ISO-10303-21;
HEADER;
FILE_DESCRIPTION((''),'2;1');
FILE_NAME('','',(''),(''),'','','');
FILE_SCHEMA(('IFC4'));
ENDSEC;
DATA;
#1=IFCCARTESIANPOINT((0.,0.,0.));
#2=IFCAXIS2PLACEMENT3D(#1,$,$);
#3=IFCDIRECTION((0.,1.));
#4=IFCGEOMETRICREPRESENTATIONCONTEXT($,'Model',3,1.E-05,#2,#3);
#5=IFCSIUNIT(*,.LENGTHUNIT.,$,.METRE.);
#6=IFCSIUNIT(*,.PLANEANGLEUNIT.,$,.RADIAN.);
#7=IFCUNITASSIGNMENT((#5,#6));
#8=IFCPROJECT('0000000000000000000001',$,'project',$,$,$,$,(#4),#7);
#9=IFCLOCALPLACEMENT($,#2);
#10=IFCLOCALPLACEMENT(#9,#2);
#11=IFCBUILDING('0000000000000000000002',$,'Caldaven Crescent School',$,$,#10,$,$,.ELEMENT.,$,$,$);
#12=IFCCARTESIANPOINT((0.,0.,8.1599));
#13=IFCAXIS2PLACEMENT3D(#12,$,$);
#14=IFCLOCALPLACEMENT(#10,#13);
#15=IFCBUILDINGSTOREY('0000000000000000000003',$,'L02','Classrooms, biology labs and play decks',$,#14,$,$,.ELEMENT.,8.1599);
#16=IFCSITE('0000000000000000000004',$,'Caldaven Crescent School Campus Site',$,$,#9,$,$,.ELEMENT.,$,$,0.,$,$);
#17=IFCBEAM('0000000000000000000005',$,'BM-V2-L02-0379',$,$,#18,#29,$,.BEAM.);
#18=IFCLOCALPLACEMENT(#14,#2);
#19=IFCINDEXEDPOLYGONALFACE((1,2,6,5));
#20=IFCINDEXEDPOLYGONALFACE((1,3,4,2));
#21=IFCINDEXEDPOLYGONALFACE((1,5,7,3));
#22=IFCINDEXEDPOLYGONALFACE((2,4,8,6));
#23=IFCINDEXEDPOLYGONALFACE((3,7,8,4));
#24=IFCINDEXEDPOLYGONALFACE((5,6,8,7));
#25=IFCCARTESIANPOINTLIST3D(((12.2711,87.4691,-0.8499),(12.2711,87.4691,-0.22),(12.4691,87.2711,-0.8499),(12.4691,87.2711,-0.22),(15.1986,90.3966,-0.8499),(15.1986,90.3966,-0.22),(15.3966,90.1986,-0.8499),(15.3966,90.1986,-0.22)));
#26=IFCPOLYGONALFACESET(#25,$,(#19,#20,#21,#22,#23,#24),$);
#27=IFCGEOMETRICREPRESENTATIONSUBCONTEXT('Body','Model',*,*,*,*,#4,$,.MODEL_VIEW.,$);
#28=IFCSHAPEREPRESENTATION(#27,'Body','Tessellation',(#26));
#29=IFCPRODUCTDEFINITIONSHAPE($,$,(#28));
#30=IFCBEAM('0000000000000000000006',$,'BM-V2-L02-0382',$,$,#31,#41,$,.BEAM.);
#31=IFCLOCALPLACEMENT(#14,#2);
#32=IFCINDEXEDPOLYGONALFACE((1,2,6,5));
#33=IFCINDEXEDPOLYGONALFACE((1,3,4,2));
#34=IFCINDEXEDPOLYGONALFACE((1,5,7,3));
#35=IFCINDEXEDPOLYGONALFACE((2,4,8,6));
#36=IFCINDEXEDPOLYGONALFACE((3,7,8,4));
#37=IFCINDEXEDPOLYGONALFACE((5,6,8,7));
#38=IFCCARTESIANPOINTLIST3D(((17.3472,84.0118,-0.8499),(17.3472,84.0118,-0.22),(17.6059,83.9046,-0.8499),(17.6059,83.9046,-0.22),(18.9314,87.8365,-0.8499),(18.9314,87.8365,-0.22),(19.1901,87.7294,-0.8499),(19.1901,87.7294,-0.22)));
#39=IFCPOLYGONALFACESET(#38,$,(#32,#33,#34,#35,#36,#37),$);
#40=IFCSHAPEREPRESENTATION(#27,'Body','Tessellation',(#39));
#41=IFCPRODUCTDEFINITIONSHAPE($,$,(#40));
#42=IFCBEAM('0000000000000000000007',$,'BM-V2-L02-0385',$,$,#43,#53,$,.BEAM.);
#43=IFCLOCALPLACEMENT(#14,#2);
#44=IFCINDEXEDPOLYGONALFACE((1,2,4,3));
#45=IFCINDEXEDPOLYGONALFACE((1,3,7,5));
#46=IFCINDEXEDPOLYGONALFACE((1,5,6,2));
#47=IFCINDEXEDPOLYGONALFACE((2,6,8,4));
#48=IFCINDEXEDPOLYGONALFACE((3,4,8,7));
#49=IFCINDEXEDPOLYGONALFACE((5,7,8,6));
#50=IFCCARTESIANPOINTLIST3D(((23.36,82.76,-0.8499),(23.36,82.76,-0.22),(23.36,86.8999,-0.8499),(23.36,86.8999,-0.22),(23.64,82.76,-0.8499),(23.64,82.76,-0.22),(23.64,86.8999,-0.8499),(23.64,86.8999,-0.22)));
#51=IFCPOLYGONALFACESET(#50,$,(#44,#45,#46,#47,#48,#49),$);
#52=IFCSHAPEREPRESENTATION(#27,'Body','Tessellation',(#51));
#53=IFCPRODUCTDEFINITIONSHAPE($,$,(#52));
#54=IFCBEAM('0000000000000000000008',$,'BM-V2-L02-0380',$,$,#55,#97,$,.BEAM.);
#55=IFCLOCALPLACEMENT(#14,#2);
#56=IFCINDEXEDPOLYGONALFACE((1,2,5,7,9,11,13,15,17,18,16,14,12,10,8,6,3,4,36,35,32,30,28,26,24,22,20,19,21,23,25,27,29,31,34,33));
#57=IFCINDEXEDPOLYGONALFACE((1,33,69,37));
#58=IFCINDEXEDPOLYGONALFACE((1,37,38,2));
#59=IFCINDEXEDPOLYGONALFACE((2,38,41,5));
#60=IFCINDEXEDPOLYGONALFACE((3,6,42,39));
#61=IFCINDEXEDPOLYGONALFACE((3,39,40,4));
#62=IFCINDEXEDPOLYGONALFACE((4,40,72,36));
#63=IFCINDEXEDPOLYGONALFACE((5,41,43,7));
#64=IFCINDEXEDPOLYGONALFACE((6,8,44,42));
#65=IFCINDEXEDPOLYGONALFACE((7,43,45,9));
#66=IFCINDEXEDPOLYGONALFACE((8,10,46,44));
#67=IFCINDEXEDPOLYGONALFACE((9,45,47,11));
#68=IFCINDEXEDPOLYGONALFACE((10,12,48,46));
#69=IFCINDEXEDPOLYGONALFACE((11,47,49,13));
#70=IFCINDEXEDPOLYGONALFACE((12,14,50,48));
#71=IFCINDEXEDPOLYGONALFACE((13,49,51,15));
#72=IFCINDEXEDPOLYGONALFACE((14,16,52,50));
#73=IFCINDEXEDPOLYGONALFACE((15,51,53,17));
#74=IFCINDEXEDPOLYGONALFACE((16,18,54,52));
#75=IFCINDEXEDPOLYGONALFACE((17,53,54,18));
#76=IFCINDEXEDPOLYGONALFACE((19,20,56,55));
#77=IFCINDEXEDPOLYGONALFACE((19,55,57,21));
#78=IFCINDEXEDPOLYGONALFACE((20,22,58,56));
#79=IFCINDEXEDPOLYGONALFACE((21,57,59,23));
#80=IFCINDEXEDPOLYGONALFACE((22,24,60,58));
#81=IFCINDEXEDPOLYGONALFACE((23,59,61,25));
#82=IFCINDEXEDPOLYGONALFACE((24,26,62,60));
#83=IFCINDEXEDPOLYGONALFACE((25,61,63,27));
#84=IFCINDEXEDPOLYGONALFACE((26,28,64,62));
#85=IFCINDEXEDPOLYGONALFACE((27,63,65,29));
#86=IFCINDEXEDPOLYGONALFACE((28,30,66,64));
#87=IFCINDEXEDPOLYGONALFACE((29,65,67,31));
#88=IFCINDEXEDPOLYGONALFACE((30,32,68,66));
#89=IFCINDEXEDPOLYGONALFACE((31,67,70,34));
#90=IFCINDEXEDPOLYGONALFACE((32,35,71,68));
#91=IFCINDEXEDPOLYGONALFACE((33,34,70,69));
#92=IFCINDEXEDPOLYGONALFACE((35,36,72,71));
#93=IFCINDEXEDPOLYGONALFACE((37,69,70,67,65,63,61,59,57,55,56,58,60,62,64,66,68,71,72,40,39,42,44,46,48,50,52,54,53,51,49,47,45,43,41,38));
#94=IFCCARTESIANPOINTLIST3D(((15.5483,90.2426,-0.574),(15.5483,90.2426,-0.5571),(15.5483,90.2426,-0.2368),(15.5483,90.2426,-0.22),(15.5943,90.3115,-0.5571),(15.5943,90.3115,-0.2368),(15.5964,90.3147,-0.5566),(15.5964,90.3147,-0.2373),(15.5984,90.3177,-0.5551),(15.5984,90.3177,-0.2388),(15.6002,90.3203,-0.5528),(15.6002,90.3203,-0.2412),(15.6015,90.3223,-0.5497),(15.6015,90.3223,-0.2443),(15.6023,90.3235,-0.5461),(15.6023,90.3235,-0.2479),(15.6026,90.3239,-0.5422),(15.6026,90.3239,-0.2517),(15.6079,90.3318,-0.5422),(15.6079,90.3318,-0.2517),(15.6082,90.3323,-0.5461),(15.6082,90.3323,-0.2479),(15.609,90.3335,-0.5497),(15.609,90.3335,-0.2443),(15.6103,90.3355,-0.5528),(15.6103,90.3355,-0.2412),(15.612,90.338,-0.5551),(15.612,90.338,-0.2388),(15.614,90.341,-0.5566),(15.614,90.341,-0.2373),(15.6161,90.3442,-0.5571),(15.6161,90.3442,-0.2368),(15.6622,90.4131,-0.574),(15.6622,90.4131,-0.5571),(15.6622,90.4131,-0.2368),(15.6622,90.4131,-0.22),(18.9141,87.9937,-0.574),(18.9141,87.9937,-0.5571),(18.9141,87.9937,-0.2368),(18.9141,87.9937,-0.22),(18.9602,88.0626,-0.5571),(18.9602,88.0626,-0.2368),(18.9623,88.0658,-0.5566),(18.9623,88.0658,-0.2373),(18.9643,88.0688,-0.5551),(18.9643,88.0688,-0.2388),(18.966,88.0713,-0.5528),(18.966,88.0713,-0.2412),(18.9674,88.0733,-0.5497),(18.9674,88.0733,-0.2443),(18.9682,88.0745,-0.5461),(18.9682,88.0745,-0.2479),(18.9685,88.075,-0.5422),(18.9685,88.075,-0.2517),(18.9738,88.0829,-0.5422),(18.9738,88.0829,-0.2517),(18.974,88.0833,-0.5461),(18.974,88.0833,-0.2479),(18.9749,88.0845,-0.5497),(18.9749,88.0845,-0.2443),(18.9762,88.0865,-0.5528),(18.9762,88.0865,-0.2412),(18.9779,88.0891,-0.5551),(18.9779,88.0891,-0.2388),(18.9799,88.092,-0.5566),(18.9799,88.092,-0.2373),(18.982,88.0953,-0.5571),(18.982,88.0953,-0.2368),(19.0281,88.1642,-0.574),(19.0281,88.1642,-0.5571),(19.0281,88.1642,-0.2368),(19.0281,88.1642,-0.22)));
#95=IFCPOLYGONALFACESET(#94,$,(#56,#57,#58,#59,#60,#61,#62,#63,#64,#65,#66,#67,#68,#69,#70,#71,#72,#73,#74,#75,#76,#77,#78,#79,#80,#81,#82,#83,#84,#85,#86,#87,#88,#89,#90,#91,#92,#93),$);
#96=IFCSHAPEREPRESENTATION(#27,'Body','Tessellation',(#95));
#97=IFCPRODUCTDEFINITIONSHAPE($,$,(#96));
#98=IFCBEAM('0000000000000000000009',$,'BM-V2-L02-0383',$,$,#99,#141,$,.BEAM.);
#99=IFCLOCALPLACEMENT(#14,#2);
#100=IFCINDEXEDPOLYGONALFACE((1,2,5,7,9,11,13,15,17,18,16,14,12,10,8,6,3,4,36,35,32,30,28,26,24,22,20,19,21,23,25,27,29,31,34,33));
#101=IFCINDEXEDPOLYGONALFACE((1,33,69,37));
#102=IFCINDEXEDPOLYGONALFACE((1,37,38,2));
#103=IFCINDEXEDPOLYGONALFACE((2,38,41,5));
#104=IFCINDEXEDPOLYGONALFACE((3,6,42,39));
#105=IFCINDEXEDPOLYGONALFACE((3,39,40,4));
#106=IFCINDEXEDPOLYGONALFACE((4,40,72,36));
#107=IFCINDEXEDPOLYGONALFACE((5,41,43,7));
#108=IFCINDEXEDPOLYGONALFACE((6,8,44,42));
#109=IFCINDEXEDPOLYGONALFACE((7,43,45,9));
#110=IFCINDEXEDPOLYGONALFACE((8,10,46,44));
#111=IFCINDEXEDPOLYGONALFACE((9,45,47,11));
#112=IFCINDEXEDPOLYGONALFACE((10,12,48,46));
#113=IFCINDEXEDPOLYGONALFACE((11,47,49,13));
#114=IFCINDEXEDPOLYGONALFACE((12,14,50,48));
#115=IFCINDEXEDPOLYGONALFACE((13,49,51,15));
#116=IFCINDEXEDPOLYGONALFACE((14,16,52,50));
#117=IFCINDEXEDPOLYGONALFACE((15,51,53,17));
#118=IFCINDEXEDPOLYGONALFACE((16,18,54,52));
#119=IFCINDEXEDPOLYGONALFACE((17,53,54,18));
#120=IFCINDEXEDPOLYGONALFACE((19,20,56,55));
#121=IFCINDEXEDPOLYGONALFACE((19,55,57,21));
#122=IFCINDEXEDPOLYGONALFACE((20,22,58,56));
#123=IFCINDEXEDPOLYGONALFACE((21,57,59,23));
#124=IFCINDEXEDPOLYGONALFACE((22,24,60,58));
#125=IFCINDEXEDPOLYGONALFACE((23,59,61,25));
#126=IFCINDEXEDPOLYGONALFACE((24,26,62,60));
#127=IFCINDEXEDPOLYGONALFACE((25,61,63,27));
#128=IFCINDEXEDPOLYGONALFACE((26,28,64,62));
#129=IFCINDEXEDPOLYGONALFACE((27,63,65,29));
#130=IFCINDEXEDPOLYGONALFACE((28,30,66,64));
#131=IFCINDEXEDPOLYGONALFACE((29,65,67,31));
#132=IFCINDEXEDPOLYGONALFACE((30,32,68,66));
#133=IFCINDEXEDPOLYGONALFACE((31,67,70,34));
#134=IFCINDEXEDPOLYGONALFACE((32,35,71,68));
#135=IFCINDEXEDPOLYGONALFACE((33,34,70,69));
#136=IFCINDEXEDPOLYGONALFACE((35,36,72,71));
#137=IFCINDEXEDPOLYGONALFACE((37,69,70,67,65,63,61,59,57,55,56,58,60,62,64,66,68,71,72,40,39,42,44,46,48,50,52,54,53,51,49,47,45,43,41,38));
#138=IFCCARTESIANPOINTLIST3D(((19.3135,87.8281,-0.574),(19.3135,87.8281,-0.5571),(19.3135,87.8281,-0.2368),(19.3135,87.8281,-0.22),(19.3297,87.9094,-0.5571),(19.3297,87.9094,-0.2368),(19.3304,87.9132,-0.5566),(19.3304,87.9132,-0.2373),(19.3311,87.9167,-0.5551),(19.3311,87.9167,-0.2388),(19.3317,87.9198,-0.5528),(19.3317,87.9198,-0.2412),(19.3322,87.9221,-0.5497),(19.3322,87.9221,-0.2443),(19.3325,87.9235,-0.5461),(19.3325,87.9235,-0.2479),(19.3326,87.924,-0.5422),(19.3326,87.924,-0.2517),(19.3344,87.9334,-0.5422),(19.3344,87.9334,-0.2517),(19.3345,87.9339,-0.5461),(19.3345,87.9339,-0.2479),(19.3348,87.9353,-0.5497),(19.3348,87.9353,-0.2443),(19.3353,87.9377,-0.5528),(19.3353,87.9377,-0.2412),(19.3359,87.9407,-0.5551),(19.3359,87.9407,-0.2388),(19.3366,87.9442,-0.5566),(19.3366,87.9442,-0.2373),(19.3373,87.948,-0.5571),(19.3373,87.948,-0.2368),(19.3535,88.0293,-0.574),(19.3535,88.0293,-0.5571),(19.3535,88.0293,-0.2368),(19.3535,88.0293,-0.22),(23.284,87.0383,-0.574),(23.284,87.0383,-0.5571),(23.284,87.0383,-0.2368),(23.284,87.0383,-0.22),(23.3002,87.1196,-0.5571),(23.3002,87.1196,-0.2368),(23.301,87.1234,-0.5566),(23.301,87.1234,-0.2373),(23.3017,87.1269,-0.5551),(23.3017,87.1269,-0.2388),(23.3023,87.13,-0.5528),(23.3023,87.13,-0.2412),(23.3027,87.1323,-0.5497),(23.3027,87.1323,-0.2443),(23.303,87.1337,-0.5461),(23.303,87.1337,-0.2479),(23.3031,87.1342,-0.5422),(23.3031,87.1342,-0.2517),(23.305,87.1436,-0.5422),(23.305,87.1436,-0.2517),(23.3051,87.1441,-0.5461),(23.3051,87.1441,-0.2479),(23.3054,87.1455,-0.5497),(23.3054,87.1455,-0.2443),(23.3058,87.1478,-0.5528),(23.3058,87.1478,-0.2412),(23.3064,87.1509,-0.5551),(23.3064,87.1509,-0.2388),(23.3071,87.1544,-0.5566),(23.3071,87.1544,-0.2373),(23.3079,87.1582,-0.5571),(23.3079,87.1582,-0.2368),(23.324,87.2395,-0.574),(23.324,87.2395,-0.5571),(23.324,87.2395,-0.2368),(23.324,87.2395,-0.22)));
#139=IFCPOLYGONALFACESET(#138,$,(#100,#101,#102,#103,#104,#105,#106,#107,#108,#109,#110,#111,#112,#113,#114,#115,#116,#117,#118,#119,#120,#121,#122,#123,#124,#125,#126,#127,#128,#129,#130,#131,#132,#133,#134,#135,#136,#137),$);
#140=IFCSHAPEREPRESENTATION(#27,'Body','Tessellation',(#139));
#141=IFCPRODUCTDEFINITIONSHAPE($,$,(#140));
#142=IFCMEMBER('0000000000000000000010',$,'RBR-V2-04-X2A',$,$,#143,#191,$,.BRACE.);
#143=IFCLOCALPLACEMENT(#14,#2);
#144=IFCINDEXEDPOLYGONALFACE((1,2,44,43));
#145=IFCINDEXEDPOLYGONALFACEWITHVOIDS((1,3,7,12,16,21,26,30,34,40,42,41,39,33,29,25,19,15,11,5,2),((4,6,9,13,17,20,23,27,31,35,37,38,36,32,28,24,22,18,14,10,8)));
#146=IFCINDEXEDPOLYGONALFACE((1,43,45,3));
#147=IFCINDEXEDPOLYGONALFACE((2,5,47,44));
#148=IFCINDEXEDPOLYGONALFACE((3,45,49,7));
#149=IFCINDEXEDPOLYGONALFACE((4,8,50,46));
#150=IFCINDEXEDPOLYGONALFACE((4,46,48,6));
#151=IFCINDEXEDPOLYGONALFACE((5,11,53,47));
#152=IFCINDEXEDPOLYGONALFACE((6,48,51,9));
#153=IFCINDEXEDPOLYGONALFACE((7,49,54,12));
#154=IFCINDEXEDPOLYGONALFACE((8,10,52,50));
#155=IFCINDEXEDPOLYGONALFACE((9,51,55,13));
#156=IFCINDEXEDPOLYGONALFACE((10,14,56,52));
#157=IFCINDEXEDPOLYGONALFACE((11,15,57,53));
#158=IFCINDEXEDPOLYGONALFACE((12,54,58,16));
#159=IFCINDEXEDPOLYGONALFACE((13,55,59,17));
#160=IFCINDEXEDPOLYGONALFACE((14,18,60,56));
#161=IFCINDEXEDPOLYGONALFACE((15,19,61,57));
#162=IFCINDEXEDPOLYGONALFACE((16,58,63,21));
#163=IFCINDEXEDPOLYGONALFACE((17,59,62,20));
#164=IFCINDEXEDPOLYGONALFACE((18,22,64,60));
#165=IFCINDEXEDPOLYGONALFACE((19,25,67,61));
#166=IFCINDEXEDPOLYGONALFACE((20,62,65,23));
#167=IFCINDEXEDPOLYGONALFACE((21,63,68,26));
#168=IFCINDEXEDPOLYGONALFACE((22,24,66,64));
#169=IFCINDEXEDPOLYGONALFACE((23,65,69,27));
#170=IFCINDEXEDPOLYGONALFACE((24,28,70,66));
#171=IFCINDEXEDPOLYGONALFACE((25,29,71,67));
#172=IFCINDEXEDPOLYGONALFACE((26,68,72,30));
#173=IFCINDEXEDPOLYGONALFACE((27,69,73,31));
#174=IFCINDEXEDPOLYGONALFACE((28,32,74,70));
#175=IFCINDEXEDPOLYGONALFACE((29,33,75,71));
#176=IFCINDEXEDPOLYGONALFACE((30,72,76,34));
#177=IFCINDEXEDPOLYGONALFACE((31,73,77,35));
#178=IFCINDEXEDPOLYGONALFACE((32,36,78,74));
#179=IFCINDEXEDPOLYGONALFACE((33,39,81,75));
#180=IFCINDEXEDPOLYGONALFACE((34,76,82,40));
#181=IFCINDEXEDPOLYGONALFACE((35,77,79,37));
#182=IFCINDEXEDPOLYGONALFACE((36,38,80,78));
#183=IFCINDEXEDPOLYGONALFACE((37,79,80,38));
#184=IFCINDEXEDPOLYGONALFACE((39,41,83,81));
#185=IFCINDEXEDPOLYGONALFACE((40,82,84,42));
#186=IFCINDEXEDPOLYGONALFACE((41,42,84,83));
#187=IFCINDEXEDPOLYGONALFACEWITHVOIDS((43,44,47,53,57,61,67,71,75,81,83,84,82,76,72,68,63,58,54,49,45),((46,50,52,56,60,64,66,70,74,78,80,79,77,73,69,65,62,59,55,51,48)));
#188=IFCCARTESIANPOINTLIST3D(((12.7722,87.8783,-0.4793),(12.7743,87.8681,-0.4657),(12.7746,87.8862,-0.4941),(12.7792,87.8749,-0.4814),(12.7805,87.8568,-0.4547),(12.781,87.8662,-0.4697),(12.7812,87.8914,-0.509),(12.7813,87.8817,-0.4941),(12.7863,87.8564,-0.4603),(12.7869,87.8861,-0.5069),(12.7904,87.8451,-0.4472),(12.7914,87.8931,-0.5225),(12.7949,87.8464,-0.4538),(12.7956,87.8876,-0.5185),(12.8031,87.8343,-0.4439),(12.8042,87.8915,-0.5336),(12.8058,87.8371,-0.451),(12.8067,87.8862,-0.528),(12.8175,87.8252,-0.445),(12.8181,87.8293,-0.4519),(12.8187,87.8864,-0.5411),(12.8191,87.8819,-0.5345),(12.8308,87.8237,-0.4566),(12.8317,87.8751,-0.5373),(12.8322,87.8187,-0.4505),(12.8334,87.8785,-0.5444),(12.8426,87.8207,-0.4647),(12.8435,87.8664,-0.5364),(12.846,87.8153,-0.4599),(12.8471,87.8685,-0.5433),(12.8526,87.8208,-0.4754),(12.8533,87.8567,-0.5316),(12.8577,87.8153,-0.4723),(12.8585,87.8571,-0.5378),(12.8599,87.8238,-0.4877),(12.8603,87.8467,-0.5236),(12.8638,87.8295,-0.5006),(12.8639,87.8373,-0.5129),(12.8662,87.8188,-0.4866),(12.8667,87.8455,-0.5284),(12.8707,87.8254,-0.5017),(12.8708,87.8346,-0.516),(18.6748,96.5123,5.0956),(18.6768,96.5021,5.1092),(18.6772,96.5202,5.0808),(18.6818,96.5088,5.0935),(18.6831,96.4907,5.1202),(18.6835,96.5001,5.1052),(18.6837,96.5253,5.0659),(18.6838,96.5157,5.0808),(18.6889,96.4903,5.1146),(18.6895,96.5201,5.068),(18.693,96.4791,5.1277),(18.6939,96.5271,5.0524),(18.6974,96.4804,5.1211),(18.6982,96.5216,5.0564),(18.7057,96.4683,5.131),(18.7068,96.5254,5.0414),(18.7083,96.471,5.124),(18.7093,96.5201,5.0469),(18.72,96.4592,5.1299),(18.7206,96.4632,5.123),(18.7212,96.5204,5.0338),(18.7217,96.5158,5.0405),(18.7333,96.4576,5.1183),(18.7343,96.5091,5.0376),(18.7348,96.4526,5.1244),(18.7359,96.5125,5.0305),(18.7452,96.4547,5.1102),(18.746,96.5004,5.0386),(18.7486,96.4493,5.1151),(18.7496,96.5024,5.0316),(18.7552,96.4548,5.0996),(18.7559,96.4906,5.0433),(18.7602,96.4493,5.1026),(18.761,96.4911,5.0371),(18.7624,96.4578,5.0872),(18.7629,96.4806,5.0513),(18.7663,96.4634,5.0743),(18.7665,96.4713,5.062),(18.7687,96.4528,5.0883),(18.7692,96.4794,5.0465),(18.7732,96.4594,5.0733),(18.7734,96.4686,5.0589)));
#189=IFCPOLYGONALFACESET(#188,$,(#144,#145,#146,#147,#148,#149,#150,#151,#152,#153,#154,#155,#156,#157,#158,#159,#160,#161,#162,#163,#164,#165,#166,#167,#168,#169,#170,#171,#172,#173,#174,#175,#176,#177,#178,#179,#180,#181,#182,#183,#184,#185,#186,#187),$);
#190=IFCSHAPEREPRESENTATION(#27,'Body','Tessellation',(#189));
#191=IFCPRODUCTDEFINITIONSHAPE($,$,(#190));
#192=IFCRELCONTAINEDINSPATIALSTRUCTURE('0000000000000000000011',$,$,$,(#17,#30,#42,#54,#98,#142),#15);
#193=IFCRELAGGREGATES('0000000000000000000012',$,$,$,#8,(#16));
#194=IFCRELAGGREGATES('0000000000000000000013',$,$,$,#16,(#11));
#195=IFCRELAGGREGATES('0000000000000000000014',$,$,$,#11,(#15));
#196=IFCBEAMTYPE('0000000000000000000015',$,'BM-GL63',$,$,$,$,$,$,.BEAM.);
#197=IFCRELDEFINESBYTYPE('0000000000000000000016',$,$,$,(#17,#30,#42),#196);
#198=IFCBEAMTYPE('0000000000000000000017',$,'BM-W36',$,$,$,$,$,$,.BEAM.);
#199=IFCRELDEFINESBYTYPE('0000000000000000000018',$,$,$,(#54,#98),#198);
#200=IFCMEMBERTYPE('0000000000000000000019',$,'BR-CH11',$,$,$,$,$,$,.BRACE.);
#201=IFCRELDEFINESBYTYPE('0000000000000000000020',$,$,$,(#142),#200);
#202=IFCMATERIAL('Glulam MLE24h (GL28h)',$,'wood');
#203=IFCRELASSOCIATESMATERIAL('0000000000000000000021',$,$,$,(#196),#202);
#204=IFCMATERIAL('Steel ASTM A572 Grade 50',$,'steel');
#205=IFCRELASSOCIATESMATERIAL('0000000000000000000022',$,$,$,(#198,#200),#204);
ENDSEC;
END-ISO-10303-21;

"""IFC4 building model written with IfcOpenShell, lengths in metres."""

from ifc_helpers import new_model, si_unit, direction, frame, origin, origin_2d, place, context, subcontext, project, spatial, rectangle, hollow_circle, i_section, extrude, material, material_profile, profile_set, type_object, element, save


model = new_model("IFC4")

# Units and contexts
model_context = context("Model", 3, precision=1e-05, world=origin(), true_north=direction((0.0, 1.0)))
body_context = subcontext(model_context, "Body", "Model", "MODEL_VIEW")
ifc_project = project(units=[si_unit("LENGTHUNIT", "METRE"), si_unit("PLANEANGLEUNIT", "RADIAN")], contexts=[model_context])

# Site, building, storey
site_placement = place(None, origin())
site = spatial("IfcSite", under=ifc_project, at=site_placement, Name="Caldaven Crescent School Campus Site", CompositionType="ELEMENT", RefElevation=0.0)
building_placement = place(site_placement, origin())
building = spatial("IfcBuilding", under=site, at=building_placement, Name="Caldaven Crescent School", CompositionType="ELEMENT")
storey_placement = place(building_placement, frame((0.0, 0.0, 8.1599)))
storey = spatial("IfcBuildingStorey", under=building, at=storey_placement, Name="L02", Description="Classrooms, biology labs and play decks", CompositionType="ELEMENT", Elevation=8.1599)

# Beams
ifc_material_1 = material(Name="Glulam MLE24h (GL28h)", Category="wood")
ifc_material_profile_1 = material_profile(ifc_material_1, rectangle(XDim=0.28, YDim=0.6299, at=origin_2d()), Name="MLE 280x630")
ifc_profile_set_1 = profile_set([ifc_material_profile_1], Name="Glulam MLE24h (GL28h)")
beam_type_1 = type_object("IfcBeamType", Name="BM-GL63", PredefinedType="BEAM", material=ifc_profile_set_1)
beam_1_placement = place(storey_placement, frame((15.2976, 90.2976, -0.5349), z_axis=(-0.707107, -0.707107, 0.0), x_axis=(0.707107, -0.707107, 0.0)))
element("IfcBeam", 1, at=beam_1_placement, inside=storey, type_object=beam_type_1, Name="BM-V2-L02-0379", PredefinedType="BEAM", context=body_context, shape_type="SweptSolid", body=[
    extrude(rectangle(XDim=0.28, YDim=0.6299, at=origin_2d()), origin(), (0.0, 0.0, 1.0), 4.1401),
])
for number, where, z_axis, x_axis, name in (
    (2, (19.0608, 87.783, -0.5349), (-0.38268, -0.923881, 0.0), (0.923881, -0.38268, 0.0), "BM-V2-L02-0382"),
    (3, (23.5, 86.8999, -0.5349), (0.0, -1.0, 0.0), (1.0, 0.0, 0.0), "BM-V2-L02-0385"),
):
    element("IfcBeam", number, at=place(storey_placement, frame(where, z_axis=z_axis, x_axis=x_axis)), inside=storey, type_object=beam_type_1, Name=name, PredefinedType="BEAM", context=body_context, shape_type="SweptSolid", body=[
        extrude(rectangle(XDim=0.28, YDim=0.6299, at=origin_2d()), origin(), (0.0, 0.0, 1.0), 4.1399),
    ])
ifc_material_2 = material(Name="Steel ASTM A572 Grade 50", Category="steel")
ifc_material_profile_2 = material_profile(ifc_material_2, i_section(OverallWidth=0.2051, OverallDepth=0.354, WebThickness=0.0095, FlangeThickness=0.0168, FilletRadius=0.0149, at=origin_2d()), Name="W360x79")
ifc_profile_set_2 = profile_set([ifc_material_profile_2], Name="Steel ASTM A572 Grade 50")
beam_type_2 = type_object("IfcBeamType", Name="BM-W36", PredefinedType="BEAM", material=ifc_profile_set_2)
beam_2_placement = place(storey_placement, frame((15.6052, 90.3279, -0.397), z_axis=(0.831475, -0.555563, 0.0), x_axis=(0.555563, 0.831475, 0.0)))
element("IfcBeam", 4, at=beam_2_placement, inside=storey, type_object=beam_type_2, Name="BM-V2-L02-0380", PredefinedType="BEAM", context=body_context, shape_type="SweptSolid", body=[
    extrude(i_section(OverallWidth=0.2051, OverallDepth=0.354, WebThickness=0.0095, FlangeThickness=0.0168, FilletRadius=0.0149, at=origin_2d()), origin(), (0.0, 0.0, 1.0), 4.0481),
])
beam_3_placement = place(storey_placement, frame((19.3335, 87.9287, -0.397), z_axis=(0.980784, -0.195095, 0.0), x_axis=(0.195095, 0.980784, 0.0)))
element("IfcBeam", 5, at=beam_3_placement, inside=storey, type_object=beam_type_2, Name="BM-V2-L02-0383", PredefinedType="BEAM", context=body_context, shape_type="SweptSolid", body=[
    extrude(i_section(OverallWidth=0.2051, OverallDepth=0.354, WebThickness=0.0095, FlangeThickness=0.0168, FilletRadius=0.0149, at=origin_2d()), origin(), (0.0, 0.0, 1.0), 4.0483),
])

# Member
ifc_material_profile_3 = material_profile(ifc_material_2, hollow_circle(Radius=0.0571, WallThickness=0.0081, at=origin_2d()), Name="CHS 114.3x8.0")
ifc_profile_set_3 = profile_set([ifc_material_profile_3], Name="Steel ASTM A572 Grade 50")
member_type_1 = type_object("IfcMemberType", Name="BR-CH11", PredefinedType="BRACE", material=ifc_profile_set_3)
member_1_placement = place(storey_placement, frame((12.8218, 87.854, -0.4941), z_axis=(0.49803, 0.728495, 0.470385), x_axis=(-0.825526, 0.564364, 0.0)))
element("IfcMember", 6, at=member_1_placement, inside=storey, type_object=member_type_1, Name="RBR-V2-04-X2A", PredefinedType="BRACE", context=body_context, shape_type="SweptSolid", body=[
    extrude(hollow_circle(Radius=0.0571, WallThickness=0.0081, at=origin_2d()), origin(), (0.0, 0.0, 1.0), 11.8518),
])

save(model, "model.ifc")
